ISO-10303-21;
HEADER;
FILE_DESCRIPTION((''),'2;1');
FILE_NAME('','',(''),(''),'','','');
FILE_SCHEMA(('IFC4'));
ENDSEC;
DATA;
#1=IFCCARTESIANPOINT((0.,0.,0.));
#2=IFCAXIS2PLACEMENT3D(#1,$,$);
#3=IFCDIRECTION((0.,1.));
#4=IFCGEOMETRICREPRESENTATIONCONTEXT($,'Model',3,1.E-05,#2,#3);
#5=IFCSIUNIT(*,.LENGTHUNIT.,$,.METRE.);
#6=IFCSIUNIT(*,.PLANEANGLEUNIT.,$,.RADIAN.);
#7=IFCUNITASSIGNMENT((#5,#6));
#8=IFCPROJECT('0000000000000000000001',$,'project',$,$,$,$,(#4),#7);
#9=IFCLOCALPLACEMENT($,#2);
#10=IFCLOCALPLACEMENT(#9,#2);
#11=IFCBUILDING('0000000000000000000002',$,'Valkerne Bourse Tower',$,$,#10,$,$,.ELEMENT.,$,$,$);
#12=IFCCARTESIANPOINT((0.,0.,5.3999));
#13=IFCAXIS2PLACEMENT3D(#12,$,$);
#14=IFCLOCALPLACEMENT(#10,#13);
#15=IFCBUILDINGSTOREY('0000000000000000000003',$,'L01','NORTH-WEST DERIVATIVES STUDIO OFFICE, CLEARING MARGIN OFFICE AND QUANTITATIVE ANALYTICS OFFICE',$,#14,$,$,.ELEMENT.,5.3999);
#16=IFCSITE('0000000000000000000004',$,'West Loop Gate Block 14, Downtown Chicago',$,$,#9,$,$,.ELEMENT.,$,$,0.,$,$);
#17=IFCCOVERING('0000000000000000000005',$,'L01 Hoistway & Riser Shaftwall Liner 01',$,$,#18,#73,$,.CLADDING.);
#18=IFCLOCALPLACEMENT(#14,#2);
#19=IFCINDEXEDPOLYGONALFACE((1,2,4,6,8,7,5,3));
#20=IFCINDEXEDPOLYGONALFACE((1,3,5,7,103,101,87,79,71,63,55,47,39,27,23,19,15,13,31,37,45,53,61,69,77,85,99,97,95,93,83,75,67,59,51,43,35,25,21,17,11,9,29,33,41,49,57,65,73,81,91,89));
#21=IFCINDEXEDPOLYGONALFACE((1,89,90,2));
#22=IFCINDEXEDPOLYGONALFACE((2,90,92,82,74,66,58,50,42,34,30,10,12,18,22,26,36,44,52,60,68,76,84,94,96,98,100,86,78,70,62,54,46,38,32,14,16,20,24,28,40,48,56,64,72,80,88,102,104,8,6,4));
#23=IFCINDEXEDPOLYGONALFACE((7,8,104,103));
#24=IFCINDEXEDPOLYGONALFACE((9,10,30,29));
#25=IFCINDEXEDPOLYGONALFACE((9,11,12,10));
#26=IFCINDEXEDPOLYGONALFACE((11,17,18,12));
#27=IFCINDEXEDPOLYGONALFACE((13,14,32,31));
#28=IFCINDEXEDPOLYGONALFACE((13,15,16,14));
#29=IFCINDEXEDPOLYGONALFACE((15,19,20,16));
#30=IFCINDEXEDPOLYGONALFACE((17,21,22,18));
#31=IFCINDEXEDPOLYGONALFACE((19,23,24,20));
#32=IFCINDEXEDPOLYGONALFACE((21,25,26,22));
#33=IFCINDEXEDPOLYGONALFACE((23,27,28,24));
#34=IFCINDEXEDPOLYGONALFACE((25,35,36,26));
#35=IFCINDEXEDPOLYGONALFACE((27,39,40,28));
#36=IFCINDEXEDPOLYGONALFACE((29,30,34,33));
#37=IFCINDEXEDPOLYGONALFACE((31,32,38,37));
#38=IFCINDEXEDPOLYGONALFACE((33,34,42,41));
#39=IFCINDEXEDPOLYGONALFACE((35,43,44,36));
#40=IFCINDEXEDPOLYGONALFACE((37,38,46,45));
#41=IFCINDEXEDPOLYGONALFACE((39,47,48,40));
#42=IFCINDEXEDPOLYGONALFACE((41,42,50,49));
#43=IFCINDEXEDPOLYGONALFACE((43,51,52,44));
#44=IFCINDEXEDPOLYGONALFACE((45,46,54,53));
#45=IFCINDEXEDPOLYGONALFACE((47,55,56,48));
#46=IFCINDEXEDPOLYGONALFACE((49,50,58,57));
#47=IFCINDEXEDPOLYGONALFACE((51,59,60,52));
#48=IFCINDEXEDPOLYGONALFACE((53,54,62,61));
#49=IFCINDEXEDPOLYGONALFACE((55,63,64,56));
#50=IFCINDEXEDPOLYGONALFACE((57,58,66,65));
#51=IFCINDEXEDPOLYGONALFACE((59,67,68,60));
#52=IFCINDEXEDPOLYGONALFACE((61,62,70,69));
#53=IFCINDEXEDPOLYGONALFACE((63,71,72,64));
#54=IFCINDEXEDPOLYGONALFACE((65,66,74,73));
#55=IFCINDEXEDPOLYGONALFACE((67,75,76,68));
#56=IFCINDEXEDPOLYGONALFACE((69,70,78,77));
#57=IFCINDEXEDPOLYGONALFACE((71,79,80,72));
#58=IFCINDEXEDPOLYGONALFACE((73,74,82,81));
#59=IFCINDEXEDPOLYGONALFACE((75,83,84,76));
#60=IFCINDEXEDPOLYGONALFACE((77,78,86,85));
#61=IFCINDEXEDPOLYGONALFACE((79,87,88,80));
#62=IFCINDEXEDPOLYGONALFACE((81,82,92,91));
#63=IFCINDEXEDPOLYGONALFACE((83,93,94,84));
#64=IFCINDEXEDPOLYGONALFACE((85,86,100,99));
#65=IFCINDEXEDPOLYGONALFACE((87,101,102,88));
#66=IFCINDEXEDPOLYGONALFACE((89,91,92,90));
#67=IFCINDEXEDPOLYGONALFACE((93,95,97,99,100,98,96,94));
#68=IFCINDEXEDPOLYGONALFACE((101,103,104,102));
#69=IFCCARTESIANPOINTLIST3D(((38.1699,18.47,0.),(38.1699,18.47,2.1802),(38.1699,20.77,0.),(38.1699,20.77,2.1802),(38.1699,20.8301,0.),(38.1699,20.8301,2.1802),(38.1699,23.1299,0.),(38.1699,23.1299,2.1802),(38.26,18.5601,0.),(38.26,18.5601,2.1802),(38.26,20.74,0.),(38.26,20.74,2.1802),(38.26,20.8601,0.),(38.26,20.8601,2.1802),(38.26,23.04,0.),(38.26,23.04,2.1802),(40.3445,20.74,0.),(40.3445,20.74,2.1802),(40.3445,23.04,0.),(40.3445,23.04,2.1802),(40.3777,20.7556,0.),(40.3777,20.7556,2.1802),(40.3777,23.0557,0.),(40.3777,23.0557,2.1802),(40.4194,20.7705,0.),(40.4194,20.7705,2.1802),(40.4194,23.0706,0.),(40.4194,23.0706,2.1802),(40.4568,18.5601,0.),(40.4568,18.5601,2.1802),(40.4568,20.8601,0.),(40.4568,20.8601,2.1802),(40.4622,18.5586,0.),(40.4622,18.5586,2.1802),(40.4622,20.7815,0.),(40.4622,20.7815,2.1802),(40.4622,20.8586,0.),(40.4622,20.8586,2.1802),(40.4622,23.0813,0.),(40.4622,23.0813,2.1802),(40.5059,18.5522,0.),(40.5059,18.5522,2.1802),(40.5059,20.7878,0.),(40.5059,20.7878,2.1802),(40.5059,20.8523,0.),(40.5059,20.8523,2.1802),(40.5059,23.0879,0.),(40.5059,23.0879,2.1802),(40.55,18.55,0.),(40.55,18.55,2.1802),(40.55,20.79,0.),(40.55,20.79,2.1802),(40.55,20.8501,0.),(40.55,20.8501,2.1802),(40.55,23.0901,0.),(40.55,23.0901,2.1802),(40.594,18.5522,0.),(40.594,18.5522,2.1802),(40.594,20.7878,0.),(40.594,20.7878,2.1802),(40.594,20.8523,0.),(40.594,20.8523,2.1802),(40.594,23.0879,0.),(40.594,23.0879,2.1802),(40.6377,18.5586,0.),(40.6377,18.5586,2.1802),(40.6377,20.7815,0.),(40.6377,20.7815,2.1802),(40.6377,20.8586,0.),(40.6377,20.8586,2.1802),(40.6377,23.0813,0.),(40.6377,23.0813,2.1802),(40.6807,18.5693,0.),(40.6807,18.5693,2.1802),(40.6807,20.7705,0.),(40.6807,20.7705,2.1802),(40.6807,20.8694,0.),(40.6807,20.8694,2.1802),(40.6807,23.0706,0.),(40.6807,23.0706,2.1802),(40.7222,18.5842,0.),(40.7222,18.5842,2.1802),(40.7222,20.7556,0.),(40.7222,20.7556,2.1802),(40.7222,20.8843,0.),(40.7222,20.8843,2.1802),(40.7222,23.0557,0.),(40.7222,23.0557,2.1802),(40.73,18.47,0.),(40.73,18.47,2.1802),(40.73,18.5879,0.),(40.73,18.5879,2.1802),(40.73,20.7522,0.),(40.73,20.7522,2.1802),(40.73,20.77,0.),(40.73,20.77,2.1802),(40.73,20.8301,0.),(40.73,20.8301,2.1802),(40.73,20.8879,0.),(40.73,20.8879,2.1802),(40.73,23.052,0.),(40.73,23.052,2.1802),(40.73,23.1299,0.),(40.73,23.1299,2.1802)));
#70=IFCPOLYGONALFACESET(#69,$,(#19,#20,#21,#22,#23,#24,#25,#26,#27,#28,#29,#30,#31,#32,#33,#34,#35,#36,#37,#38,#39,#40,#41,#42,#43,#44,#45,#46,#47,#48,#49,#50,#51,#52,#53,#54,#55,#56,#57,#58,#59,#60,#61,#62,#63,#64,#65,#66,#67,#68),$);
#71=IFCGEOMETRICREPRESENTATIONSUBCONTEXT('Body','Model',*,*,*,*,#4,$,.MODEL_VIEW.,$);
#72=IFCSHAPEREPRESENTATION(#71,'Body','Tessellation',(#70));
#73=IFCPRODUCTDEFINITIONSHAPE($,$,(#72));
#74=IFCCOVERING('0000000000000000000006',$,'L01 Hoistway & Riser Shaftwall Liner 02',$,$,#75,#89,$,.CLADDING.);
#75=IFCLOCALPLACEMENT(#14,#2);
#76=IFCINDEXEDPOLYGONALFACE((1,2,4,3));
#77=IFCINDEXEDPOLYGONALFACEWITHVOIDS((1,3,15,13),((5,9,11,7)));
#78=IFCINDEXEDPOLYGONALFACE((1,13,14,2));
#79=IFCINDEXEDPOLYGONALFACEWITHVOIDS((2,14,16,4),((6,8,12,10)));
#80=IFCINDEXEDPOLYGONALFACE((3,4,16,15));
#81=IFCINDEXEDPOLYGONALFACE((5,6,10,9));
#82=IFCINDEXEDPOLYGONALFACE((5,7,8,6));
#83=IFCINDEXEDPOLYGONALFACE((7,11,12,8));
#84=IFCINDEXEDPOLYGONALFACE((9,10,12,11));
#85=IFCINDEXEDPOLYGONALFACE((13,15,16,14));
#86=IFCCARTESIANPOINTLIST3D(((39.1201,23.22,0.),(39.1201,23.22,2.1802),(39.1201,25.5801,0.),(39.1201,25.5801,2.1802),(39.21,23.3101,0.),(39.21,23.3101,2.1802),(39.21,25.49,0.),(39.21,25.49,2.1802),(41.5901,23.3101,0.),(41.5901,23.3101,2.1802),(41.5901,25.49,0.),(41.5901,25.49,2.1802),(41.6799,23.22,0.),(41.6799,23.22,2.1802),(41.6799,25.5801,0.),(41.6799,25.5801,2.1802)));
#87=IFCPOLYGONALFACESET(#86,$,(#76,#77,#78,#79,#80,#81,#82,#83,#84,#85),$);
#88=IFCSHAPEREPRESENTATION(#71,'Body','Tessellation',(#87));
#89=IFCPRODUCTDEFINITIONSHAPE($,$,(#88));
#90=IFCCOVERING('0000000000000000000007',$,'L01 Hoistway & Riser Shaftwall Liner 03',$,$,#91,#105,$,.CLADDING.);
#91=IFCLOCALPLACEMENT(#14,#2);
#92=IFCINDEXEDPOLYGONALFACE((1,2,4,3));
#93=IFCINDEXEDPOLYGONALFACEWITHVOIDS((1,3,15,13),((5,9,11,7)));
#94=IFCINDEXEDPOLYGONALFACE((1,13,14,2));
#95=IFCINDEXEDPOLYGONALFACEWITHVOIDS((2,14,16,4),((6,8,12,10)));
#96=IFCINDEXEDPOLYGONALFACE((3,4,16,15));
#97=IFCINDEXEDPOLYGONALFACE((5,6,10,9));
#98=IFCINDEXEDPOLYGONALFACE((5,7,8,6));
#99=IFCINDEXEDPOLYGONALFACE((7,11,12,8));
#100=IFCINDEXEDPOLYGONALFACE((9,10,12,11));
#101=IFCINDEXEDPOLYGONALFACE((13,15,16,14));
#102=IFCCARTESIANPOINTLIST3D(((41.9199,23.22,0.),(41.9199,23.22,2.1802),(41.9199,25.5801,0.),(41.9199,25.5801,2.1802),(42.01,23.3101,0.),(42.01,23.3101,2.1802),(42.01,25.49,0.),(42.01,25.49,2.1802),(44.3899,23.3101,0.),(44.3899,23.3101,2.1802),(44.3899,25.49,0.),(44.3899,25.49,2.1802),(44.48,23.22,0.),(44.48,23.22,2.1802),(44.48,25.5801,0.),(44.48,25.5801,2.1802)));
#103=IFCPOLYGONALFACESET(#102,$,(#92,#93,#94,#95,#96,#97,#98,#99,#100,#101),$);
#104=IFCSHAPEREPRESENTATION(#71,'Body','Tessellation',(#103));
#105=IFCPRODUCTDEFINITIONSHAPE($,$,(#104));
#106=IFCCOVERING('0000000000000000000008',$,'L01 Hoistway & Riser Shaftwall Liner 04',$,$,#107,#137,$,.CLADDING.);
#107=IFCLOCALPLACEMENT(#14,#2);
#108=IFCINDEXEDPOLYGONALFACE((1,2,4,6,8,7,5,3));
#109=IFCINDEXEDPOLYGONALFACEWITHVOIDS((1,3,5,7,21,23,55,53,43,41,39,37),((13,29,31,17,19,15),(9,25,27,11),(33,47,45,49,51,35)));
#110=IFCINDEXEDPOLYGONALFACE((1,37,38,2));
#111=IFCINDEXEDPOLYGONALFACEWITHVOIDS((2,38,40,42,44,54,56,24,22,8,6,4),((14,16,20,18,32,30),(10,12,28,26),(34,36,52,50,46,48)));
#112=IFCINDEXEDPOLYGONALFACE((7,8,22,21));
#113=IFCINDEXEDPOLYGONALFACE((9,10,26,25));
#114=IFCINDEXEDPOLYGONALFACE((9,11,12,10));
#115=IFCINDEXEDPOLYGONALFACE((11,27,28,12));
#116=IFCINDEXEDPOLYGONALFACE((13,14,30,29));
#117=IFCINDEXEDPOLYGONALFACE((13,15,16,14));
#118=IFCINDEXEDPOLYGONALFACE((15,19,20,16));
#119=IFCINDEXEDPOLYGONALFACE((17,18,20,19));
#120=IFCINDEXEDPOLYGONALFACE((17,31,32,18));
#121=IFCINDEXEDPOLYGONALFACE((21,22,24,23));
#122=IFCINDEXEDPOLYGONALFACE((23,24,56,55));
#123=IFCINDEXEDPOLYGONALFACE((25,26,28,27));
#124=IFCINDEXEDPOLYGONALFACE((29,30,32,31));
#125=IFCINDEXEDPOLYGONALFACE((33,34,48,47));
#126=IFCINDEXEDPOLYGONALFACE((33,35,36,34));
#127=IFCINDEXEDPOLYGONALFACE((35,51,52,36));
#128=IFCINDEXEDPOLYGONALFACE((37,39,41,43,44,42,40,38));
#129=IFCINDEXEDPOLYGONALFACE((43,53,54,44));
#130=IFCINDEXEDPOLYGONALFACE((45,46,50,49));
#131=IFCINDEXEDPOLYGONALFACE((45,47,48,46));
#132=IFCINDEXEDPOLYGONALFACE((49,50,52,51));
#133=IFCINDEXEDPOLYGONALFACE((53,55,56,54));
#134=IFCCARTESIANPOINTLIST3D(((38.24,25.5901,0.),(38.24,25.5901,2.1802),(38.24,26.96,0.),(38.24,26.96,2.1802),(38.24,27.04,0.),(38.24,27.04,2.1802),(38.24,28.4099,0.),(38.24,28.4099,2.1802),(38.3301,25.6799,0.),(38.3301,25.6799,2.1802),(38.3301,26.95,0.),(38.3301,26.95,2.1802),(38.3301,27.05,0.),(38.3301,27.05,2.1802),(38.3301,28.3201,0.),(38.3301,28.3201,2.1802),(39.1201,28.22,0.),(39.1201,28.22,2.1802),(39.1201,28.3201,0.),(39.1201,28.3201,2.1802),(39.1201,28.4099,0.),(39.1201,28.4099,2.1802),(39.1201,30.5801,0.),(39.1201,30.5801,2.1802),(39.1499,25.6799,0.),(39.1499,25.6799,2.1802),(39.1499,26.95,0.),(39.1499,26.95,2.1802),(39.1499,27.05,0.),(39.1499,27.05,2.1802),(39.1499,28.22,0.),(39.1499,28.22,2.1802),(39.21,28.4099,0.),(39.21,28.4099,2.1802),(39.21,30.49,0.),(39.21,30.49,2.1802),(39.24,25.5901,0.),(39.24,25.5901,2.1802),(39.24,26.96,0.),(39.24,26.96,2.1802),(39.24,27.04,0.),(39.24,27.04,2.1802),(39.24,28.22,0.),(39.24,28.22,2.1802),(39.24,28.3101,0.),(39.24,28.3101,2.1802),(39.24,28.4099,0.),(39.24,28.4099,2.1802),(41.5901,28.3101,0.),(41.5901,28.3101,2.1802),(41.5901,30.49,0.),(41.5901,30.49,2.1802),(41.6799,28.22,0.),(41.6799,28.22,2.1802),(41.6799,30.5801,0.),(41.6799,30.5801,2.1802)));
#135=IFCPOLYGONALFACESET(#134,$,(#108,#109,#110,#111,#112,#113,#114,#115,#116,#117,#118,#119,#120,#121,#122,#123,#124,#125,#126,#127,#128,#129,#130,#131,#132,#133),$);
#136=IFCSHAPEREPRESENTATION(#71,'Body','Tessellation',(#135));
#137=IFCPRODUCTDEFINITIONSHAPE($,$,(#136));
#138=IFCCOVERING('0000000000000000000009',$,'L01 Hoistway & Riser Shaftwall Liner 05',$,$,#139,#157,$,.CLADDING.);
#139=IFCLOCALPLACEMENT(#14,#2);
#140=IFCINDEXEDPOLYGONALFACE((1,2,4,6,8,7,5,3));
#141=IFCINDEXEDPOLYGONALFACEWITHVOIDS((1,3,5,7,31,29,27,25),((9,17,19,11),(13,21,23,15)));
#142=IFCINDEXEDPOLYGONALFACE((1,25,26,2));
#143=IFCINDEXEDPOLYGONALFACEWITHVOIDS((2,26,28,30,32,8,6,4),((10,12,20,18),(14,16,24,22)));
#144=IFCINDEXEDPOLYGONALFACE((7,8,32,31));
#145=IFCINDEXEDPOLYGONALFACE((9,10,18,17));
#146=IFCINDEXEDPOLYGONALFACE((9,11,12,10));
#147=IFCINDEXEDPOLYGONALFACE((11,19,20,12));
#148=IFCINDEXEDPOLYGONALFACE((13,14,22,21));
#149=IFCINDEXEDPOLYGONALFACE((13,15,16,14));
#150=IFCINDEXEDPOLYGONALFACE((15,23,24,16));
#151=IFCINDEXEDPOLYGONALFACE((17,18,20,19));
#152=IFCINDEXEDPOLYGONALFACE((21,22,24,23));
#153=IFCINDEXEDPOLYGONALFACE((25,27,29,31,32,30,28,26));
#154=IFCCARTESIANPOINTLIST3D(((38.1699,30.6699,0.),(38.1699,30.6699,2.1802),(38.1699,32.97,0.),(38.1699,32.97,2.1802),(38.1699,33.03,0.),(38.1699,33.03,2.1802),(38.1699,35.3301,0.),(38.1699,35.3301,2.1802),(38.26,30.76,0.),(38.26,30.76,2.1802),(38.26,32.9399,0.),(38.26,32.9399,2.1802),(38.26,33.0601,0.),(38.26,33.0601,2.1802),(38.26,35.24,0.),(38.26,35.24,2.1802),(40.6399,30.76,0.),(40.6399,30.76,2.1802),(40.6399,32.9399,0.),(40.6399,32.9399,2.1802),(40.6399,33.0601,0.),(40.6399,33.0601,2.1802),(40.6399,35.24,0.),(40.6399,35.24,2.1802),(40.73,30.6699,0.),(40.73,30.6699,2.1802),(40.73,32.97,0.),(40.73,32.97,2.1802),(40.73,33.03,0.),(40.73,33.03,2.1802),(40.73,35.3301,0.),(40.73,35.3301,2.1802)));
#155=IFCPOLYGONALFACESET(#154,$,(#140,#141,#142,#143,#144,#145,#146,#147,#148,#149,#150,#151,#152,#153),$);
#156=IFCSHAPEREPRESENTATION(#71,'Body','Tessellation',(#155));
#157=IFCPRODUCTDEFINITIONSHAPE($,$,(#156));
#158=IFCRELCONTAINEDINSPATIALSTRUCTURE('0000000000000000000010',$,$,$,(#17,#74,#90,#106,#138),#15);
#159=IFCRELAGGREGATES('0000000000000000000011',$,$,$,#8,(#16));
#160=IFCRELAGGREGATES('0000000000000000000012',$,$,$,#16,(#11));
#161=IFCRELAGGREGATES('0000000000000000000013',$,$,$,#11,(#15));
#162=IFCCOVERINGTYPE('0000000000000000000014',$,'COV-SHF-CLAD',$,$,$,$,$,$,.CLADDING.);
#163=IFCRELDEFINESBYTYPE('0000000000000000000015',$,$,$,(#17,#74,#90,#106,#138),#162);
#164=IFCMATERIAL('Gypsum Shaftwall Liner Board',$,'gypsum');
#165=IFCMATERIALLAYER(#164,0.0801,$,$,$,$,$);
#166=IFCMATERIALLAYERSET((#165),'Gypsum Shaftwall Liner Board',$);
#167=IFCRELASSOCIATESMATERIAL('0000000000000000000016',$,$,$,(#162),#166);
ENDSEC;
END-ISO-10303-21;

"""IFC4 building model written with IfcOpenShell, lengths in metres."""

from ifc_helpers import new_model, si_unit, direction, frame, origin, place, context, subcontext, project, spatial, polyline, outline, extrude, material, layer, layer_set, type_object, element, save


model = new_model("IFC4")

# Units and contexts
model_context = context("Model", 3, precision=1e-05, world=origin(), true_north=direction((0.0, 1.0)))
body_context = subcontext(model_context, "Body", "Model", "MODEL_VIEW")
ifc_project = project(units=[si_unit("LENGTHUNIT", "METRE"), si_unit("PLANEANGLEUNIT", "RADIAN")], contexts=[model_context])

# Site, building, storey
site_placement = place(None, origin())
site = spatial("IfcSite", under=ifc_project, at=site_placement, Name="West Loop Gate Block 14, Downtown Chicago", CompositionType="ELEMENT", RefElevation=0.0)
building_placement = place(site_placement, origin())
building = spatial("IfcBuilding", under=site, at=building_placement, Name="Valkerne Bourse Tower", CompositionType="ELEMENT")
storey_placement = place(building_placement, frame((0.0, 0.0, 5.3999)))
storey = spatial("IfcBuildingStorey", under=building, at=storey_placement, Name="L01", Description="NORTH-WEST DERIVATIVES STUDIO OFFICE, CLEARING MARGIN OFFICE AND QUANTITATIVE ANALYTICS OFFICE", CompositionType="ELEMENT", Elevation=5.3999)

# Coverings
ifc_material_1 = material(Name="Gypsum Shaftwall Liner Board", Category="gypsum")
ifc_layer_1 = layer(ifc_material_1, 0.0801)
ifc_layer_set_1 = layer_set([ifc_layer_1], Name="Gypsum Shaftwall Liner Board")
covering_type_1 = type_object("IfcCoveringType", Name="COV-SHF-CLAD", PredefinedType="CLADDING", material=ifc_layer_set_1)
covering_1_placement = place(storey_placement, origin())
element("IfcCovering", 1, at=covering_1_placement, inside=storey, type_object=covering_type_1, Name="L01 Hoistway & Riser Shaftwall Liner 01", PredefinedType="CLADDING", context=body_context, shape_type="SweptSolid", body=[
    extrude(outline(polyline([(38.1699, 23.1299), (40.73, 23.1299), (40.73, 23.052), (40.7222, 23.0557), (40.6807, 23.0706), (40.6377, 23.0813), (40.594, 23.0879), (40.55, 23.0901), (40.5059, 23.0879), (40.4622, 23.0813), (40.4194, 23.0706), (40.3777, 23.0557), (40.3445, 23.04), (38.26, 23.04), (38.26, 20.8601), (40.4568, 20.8601), (40.4622, 20.8586), (40.5059, 20.8523), (40.55, 20.8501), (40.594, 20.8523), (40.6377, 20.8586), (40.6807, 20.8694), (40.7222, 20.8843), (40.73, 20.8879), (40.73, 20.8301), (40.73, 20.77), (40.73, 20.7522), (40.7222, 20.7556), (40.6807, 20.7705), (40.6377, 20.7815), (40.594, 20.7878), (40.55, 20.79), (40.5059, 20.7878), (40.4622, 20.7815), (40.4194, 20.7705), (40.3777, 20.7556), (40.3445, 20.74), (38.26, 20.74), (38.26, 18.5601), (40.4568, 18.5601), (40.4622, 18.5586), (40.5059, 18.5522), (40.55, 18.55), (40.594, 18.5522), (40.6377, 18.5586), (40.6807, 18.5693), (40.7222, 18.5842), (40.73, 18.5879), (40.73, 18.47), (38.1699, 18.47), (38.1699, 20.77), (38.1699, 20.8301), (38.1699, 23.1299)])), origin(), (0.0, 0.0, 1.0), 2.1802),
])
covering_2_placement = place(storey_placement, origin())
element("IfcCovering", 2, at=covering_2_placement, inside=storey, type_object=covering_type_1, Name="L01 Hoistway & Riser Shaftwall Liner 02", PredefinedType="CLADDING", context=body_context, shape_type="SweptSolid", body=[
    extrude(outline(polyline([(41.6799, 23.22), (39.1201, 23.22), (39.1201, 25.5801), (41.6799, 25.5801), (41.6799, 23.22)]), holes=[polyline([(39.21, 25.49), (39.21, 23.3101), (41.5901, 23.3101), (41.5901, 25.49), (39.21, 25.49)])]), origin(), (0.0, 0.0, 1.0), 2.1802),
])
covering_3_placement = place(storey_placement, origin())
element("IfcCovering", 3, at=covering_3_placement, inside=storey, type_object=covering_type_1, Name="L01 Hoistway & Riser Shaftwall Liner 03", PredefinedType="CLADDING", context=body_context, shape_type="SweptSolid", body=[
    extrude(outline(polyline([(44.48, 23.22), (41.9199, 23.22), (41.9199, 25.5801), (44.48, 25.5801), (44.48, 23.22)]), holes=[polyline([(42.01, 25.49), (42.01, 23.3101), (44.3899, 23.3101), (44.3899, 25.49), (42.01, 25.49)])]), origin(), (0.0, 0.0, 1.0), 2.1802),
])
covering_4_placement = place(storey_placement, origin())
element("IfcCovering", 4, at=covering_4_placement, inside=storey, type_object=covering_type_1, Name="L01 Hoistway & Riser Shaftwall Liner 04", PredefinedType="CLADDING", context=body_context, shape_type="SweptSolid", body=[
    extrude(outline(polyline([(38.24, 28.4099), (39.1201, 28.4099), (39.1201, 30.5801), (41.6799, 30.5801), (41.6799, 28.22), (39.24, 28.22), (39.24, 27.04), (39.24, 26.96), (39.24, 25.5901), (38.24, 25.5901), (38.24, 26.96), (38.24, 27.04), (38.24, 28.4099)]), holes=[polyline([(39.21, 30.49), (39.21, 28.4099), (39.24, 28.4099), (39.24, 28.3101), (41.5901, 28.3101), (41.5901, 30.49), (39.21, 30.49)]), polyline([(38.3301, 26.95), (38.3301, 25.6799), (39.1499, 25.6799), (39.1499, 26.95), (38.3301, 26.95)]), polyline([(39.1201, 28.22), (39.1201, 28.3201), (38.3301, 28.3201), (38.3301, 27.05), (39.1499, 27.05), (39.1499, 28.22), (39.1201, 28.22)])]), origin(), (0.0, 0.0, 1.0), 2.1802),
])
covering_5_placement = place(storey_placement, origin())
element("IfcCovering", 5, at=covering_5_placement, inside=storey, type_object=covering_type_1, Name="L01 Hoistway & Riser Shaftwall Liner 05", PredefinedType="CLADDING", context=body_context, shape_type="SweptSolid", body=[
    extrude(outline(polyline([(38.1699, 35.3301), (40.73, 35.3301), (40.73, 33.03), (40.73, 32.97), (40.73, 30.6699), (38.1699, 30.6699), (38.1699, 32.97), (38.1699, 33.03), (38.1699, 35.3301)]), holes=[polyline([(38.26, 32.9399), (38.26, 30.76), (40.6399, 30.76), (40.6399, 32.9399), (38.26, 32.9399)]), polyline([(38.26, 35.24), (38.26, 33.0601), (40.6399, 33.0601), (40.6399, 35.24), (38.26, 35.24)])]), origin(), (0.0, 0.0, 1.0), 2.1802),
])

save(model, "model.ifc")
